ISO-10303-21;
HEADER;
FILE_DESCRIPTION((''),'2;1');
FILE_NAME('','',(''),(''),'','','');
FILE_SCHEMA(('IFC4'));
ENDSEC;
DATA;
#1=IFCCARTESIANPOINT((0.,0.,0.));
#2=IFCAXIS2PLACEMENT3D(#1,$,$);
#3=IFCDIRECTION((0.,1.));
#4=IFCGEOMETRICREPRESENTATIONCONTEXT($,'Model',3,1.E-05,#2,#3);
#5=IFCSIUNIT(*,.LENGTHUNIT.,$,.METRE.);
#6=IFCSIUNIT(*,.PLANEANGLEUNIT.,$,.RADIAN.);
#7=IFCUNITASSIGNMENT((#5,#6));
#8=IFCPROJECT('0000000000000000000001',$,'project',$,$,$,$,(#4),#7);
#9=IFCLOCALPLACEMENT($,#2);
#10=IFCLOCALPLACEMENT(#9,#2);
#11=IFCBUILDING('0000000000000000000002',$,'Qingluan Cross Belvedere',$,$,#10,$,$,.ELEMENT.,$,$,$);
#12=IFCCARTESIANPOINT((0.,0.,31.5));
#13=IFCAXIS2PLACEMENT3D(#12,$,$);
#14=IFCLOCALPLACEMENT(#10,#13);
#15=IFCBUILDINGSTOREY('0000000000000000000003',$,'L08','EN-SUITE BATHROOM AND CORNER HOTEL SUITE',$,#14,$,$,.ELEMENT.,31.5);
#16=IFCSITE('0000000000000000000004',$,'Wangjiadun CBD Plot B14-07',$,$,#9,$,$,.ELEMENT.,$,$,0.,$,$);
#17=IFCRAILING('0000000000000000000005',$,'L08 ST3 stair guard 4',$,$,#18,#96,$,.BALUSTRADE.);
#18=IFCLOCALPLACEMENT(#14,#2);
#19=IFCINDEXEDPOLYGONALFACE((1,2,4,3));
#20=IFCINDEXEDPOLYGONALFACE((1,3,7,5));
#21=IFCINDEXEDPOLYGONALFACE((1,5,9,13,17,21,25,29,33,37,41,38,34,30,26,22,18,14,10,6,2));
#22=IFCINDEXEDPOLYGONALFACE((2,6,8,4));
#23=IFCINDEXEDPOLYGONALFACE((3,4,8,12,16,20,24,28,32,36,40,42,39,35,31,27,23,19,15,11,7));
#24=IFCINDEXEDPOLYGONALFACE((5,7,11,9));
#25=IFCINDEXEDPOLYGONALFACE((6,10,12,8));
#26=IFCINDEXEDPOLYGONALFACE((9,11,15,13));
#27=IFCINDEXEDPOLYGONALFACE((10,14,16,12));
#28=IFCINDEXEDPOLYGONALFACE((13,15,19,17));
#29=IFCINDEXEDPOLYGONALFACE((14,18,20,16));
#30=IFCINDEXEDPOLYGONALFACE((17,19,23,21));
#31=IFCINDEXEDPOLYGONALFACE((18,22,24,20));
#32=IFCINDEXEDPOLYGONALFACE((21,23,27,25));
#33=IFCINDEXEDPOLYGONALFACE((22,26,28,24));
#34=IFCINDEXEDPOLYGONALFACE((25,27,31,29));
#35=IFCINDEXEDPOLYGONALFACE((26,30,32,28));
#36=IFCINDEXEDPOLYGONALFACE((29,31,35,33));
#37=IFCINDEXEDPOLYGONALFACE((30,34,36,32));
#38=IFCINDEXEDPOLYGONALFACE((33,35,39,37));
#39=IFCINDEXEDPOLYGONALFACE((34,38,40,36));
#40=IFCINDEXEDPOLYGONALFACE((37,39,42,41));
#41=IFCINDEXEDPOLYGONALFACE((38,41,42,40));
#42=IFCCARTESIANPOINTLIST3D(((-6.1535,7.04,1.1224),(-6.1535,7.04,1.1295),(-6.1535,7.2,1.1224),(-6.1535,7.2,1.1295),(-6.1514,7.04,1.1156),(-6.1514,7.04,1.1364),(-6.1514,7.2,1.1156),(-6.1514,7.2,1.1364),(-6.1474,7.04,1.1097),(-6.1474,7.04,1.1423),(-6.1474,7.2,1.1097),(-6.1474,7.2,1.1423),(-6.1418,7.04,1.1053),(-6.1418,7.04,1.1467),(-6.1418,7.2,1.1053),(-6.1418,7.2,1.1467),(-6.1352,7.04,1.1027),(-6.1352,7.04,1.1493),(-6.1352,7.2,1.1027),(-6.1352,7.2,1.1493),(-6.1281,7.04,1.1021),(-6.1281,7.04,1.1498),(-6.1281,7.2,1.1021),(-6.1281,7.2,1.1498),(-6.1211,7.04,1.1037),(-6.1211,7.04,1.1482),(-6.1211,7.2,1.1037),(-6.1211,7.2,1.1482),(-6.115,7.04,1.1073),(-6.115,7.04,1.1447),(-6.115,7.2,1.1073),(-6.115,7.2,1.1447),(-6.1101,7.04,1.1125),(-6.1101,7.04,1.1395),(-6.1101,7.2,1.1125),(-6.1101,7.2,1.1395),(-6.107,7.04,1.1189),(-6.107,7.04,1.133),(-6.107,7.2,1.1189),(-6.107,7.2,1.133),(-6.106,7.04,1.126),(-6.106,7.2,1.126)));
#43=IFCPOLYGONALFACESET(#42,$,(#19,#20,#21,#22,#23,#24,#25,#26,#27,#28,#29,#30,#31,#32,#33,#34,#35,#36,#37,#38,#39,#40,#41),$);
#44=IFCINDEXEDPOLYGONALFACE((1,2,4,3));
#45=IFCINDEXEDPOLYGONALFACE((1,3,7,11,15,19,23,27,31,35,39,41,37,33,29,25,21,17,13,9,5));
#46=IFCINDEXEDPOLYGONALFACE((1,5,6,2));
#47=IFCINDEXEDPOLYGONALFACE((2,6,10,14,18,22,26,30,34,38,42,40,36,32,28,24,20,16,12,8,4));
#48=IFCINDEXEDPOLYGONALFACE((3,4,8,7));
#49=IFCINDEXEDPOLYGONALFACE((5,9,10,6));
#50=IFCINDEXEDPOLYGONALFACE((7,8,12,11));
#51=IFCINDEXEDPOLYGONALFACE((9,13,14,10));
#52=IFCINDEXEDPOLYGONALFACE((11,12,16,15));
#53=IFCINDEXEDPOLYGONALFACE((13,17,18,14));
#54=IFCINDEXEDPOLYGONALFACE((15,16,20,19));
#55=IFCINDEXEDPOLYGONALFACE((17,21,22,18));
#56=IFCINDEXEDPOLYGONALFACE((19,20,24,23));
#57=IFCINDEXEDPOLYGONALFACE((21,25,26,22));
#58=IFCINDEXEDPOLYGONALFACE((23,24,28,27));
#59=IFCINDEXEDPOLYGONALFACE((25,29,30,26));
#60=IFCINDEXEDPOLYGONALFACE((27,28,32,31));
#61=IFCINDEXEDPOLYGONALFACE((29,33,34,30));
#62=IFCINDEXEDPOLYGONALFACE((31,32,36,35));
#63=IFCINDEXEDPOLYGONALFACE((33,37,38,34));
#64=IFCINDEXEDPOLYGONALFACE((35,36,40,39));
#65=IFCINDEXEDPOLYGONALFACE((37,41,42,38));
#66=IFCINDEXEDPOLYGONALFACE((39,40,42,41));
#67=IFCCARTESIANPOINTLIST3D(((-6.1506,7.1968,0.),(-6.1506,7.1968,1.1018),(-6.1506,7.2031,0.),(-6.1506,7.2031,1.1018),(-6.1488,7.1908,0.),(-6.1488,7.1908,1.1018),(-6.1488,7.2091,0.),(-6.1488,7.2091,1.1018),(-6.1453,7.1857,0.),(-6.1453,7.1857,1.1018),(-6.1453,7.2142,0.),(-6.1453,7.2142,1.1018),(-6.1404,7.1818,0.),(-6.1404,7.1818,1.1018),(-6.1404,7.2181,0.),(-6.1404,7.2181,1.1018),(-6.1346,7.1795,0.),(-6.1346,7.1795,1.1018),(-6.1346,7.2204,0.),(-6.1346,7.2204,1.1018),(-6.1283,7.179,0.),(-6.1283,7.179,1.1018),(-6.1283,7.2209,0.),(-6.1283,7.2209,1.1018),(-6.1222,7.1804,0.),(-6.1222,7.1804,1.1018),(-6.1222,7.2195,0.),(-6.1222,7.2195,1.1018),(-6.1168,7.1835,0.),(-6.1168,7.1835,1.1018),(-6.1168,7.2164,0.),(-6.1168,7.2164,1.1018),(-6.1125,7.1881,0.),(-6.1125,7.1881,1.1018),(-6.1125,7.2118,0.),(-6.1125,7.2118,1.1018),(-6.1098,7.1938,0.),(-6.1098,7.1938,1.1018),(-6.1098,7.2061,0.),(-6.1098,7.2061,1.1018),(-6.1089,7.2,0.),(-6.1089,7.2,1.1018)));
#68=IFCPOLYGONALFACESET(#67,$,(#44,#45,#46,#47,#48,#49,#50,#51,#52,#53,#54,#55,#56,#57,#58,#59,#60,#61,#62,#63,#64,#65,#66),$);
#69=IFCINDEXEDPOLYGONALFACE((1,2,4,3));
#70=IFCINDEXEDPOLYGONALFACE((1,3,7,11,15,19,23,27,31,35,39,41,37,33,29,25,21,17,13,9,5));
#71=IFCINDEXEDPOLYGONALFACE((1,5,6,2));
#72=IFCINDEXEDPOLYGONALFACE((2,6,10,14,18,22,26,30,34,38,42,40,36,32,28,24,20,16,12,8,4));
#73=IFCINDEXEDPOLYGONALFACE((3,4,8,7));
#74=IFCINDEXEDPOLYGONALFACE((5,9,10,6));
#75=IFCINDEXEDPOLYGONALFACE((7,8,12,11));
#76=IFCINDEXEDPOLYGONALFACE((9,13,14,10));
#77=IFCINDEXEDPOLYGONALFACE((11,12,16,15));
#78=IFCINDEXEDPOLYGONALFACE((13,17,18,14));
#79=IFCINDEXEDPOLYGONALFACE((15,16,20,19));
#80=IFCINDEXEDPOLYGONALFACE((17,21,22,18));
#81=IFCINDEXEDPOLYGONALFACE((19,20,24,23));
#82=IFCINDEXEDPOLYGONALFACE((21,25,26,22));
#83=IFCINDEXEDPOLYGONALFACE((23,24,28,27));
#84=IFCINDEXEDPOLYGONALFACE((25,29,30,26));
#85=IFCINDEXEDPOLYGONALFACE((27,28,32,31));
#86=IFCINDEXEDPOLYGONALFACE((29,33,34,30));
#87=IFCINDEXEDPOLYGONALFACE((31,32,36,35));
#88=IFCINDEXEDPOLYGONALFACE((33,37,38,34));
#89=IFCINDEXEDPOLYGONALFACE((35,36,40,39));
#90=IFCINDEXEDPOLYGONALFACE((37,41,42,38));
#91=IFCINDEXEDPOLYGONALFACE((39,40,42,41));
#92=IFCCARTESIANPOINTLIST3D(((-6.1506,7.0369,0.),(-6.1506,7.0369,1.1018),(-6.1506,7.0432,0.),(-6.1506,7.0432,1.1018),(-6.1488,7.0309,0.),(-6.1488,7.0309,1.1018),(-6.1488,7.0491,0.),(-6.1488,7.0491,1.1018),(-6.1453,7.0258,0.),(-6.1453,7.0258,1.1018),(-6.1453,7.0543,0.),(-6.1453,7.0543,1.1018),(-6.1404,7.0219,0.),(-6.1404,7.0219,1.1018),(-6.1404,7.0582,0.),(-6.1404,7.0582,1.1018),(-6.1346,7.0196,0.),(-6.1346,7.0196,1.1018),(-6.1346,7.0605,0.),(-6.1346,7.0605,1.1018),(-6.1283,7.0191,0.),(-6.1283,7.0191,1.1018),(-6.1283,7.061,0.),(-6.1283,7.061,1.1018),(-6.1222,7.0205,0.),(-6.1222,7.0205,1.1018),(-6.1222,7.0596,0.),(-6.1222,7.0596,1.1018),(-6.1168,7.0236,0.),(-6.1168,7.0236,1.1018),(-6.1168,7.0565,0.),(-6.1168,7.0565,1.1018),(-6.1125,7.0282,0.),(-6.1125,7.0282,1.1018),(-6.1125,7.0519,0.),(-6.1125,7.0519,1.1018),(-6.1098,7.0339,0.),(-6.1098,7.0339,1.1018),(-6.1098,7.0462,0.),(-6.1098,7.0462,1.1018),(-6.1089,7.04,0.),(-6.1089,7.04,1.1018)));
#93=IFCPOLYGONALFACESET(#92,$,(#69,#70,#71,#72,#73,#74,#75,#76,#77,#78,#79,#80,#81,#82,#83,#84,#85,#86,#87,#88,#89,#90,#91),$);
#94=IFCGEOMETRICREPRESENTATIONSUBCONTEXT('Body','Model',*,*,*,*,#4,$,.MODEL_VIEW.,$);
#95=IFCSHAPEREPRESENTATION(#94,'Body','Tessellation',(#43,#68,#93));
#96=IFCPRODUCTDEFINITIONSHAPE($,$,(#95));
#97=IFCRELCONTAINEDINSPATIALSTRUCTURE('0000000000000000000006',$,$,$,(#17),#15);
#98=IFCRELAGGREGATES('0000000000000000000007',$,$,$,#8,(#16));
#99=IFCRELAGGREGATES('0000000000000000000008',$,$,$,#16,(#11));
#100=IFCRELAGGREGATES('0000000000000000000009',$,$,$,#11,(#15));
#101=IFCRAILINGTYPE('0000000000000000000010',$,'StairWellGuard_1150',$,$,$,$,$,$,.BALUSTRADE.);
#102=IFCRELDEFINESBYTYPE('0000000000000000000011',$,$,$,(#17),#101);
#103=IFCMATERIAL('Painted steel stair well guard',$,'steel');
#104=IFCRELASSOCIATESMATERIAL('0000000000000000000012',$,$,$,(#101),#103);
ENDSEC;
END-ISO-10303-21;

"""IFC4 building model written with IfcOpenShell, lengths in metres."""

from ifc_helpers import new_model, si_unit, direction, frame, origin, origin_2d, place, context, subcontext, project, spatial, circle, extrude, material, type_object, element, save


model = new_model("IFC4")

# Units and contexts
model_context = context("Model", 3, precision=1e-05, world=origin(), true_north=direction((0.0, 1.0)))
body_context = subcontext(model_context, "Body", "Model", "MODEL_VIEW")
ifc_project = project(units=[si_unit("LENGTHUNIT", "METRE"), si_unit("PLANEANGLEUNIT", "RADIAN")], contexts=[model_context])

# Site, building, storey
site_placement = place(None, origin())
site = spatial("IfcSite", under=ifc_project, at=site_placement, Name="Wangjiadun CBD Plot B14-07", CompositionType="ELEMENT", RefElevation=0.0)
building_placement = place(site_placement, origin())
building = spatial("IfcBuilding", under=site, at=building_placement, Name="Qingluan Cross Belvedere", CompositionType="ELEMENT")
storey_placement = place(building_placement, frame((0.0, 0.0, 31.5)))
storey = spatial("IfcBuildingStorey", under=building, at=storey_placement, Name="L08", Description="EN-SUITE BATHROOM AND CORNER HOTEL SUITE", CompositionType="ELEMENT", Elevation=31.5)

# Railing
ifc_material_1 = material(Name="Painted steel stair well guard", Category="steel")
railing_type_1 = type_object("IfcRailingType", Name="StairWellGuard_1150", PredefinedType="BALUSTRADE", material=ifc_material_1)
railing_1_placement = place(storey_placement, frame((-6.1299, 7.2, 0.0)))
element("IfcRailing", 1, at=railing_1_placement, inside=storey, type_object=railing_type_1, Name="L08 ST3 stair guard 4", PredefinedType="BALUSTRADE", context=body_context, shape_type="SweptSolid", body=[
    extrude(circle(Radius=0.0239, at=origin_2d()), frame((0.0, 0.0, 1.126), z_axis=(0.0, -1.0, 0.0), x_axis=(1.0, 0.0, 0.0)), (0.0, 0.0, 1.0), 0.1599),
    extrude(circle(Radius=0.021, at=origin_2d()), origin(), (0.0, 0.0, 1.0), 1.1018),
    extrude(circle(Radius=0.021, at=origin_2d()), frame((0.0, -0.1599, 0.0)), (0.0, 0.0, 1.0), 1.1018),
])

save(model, "model.ifc")
